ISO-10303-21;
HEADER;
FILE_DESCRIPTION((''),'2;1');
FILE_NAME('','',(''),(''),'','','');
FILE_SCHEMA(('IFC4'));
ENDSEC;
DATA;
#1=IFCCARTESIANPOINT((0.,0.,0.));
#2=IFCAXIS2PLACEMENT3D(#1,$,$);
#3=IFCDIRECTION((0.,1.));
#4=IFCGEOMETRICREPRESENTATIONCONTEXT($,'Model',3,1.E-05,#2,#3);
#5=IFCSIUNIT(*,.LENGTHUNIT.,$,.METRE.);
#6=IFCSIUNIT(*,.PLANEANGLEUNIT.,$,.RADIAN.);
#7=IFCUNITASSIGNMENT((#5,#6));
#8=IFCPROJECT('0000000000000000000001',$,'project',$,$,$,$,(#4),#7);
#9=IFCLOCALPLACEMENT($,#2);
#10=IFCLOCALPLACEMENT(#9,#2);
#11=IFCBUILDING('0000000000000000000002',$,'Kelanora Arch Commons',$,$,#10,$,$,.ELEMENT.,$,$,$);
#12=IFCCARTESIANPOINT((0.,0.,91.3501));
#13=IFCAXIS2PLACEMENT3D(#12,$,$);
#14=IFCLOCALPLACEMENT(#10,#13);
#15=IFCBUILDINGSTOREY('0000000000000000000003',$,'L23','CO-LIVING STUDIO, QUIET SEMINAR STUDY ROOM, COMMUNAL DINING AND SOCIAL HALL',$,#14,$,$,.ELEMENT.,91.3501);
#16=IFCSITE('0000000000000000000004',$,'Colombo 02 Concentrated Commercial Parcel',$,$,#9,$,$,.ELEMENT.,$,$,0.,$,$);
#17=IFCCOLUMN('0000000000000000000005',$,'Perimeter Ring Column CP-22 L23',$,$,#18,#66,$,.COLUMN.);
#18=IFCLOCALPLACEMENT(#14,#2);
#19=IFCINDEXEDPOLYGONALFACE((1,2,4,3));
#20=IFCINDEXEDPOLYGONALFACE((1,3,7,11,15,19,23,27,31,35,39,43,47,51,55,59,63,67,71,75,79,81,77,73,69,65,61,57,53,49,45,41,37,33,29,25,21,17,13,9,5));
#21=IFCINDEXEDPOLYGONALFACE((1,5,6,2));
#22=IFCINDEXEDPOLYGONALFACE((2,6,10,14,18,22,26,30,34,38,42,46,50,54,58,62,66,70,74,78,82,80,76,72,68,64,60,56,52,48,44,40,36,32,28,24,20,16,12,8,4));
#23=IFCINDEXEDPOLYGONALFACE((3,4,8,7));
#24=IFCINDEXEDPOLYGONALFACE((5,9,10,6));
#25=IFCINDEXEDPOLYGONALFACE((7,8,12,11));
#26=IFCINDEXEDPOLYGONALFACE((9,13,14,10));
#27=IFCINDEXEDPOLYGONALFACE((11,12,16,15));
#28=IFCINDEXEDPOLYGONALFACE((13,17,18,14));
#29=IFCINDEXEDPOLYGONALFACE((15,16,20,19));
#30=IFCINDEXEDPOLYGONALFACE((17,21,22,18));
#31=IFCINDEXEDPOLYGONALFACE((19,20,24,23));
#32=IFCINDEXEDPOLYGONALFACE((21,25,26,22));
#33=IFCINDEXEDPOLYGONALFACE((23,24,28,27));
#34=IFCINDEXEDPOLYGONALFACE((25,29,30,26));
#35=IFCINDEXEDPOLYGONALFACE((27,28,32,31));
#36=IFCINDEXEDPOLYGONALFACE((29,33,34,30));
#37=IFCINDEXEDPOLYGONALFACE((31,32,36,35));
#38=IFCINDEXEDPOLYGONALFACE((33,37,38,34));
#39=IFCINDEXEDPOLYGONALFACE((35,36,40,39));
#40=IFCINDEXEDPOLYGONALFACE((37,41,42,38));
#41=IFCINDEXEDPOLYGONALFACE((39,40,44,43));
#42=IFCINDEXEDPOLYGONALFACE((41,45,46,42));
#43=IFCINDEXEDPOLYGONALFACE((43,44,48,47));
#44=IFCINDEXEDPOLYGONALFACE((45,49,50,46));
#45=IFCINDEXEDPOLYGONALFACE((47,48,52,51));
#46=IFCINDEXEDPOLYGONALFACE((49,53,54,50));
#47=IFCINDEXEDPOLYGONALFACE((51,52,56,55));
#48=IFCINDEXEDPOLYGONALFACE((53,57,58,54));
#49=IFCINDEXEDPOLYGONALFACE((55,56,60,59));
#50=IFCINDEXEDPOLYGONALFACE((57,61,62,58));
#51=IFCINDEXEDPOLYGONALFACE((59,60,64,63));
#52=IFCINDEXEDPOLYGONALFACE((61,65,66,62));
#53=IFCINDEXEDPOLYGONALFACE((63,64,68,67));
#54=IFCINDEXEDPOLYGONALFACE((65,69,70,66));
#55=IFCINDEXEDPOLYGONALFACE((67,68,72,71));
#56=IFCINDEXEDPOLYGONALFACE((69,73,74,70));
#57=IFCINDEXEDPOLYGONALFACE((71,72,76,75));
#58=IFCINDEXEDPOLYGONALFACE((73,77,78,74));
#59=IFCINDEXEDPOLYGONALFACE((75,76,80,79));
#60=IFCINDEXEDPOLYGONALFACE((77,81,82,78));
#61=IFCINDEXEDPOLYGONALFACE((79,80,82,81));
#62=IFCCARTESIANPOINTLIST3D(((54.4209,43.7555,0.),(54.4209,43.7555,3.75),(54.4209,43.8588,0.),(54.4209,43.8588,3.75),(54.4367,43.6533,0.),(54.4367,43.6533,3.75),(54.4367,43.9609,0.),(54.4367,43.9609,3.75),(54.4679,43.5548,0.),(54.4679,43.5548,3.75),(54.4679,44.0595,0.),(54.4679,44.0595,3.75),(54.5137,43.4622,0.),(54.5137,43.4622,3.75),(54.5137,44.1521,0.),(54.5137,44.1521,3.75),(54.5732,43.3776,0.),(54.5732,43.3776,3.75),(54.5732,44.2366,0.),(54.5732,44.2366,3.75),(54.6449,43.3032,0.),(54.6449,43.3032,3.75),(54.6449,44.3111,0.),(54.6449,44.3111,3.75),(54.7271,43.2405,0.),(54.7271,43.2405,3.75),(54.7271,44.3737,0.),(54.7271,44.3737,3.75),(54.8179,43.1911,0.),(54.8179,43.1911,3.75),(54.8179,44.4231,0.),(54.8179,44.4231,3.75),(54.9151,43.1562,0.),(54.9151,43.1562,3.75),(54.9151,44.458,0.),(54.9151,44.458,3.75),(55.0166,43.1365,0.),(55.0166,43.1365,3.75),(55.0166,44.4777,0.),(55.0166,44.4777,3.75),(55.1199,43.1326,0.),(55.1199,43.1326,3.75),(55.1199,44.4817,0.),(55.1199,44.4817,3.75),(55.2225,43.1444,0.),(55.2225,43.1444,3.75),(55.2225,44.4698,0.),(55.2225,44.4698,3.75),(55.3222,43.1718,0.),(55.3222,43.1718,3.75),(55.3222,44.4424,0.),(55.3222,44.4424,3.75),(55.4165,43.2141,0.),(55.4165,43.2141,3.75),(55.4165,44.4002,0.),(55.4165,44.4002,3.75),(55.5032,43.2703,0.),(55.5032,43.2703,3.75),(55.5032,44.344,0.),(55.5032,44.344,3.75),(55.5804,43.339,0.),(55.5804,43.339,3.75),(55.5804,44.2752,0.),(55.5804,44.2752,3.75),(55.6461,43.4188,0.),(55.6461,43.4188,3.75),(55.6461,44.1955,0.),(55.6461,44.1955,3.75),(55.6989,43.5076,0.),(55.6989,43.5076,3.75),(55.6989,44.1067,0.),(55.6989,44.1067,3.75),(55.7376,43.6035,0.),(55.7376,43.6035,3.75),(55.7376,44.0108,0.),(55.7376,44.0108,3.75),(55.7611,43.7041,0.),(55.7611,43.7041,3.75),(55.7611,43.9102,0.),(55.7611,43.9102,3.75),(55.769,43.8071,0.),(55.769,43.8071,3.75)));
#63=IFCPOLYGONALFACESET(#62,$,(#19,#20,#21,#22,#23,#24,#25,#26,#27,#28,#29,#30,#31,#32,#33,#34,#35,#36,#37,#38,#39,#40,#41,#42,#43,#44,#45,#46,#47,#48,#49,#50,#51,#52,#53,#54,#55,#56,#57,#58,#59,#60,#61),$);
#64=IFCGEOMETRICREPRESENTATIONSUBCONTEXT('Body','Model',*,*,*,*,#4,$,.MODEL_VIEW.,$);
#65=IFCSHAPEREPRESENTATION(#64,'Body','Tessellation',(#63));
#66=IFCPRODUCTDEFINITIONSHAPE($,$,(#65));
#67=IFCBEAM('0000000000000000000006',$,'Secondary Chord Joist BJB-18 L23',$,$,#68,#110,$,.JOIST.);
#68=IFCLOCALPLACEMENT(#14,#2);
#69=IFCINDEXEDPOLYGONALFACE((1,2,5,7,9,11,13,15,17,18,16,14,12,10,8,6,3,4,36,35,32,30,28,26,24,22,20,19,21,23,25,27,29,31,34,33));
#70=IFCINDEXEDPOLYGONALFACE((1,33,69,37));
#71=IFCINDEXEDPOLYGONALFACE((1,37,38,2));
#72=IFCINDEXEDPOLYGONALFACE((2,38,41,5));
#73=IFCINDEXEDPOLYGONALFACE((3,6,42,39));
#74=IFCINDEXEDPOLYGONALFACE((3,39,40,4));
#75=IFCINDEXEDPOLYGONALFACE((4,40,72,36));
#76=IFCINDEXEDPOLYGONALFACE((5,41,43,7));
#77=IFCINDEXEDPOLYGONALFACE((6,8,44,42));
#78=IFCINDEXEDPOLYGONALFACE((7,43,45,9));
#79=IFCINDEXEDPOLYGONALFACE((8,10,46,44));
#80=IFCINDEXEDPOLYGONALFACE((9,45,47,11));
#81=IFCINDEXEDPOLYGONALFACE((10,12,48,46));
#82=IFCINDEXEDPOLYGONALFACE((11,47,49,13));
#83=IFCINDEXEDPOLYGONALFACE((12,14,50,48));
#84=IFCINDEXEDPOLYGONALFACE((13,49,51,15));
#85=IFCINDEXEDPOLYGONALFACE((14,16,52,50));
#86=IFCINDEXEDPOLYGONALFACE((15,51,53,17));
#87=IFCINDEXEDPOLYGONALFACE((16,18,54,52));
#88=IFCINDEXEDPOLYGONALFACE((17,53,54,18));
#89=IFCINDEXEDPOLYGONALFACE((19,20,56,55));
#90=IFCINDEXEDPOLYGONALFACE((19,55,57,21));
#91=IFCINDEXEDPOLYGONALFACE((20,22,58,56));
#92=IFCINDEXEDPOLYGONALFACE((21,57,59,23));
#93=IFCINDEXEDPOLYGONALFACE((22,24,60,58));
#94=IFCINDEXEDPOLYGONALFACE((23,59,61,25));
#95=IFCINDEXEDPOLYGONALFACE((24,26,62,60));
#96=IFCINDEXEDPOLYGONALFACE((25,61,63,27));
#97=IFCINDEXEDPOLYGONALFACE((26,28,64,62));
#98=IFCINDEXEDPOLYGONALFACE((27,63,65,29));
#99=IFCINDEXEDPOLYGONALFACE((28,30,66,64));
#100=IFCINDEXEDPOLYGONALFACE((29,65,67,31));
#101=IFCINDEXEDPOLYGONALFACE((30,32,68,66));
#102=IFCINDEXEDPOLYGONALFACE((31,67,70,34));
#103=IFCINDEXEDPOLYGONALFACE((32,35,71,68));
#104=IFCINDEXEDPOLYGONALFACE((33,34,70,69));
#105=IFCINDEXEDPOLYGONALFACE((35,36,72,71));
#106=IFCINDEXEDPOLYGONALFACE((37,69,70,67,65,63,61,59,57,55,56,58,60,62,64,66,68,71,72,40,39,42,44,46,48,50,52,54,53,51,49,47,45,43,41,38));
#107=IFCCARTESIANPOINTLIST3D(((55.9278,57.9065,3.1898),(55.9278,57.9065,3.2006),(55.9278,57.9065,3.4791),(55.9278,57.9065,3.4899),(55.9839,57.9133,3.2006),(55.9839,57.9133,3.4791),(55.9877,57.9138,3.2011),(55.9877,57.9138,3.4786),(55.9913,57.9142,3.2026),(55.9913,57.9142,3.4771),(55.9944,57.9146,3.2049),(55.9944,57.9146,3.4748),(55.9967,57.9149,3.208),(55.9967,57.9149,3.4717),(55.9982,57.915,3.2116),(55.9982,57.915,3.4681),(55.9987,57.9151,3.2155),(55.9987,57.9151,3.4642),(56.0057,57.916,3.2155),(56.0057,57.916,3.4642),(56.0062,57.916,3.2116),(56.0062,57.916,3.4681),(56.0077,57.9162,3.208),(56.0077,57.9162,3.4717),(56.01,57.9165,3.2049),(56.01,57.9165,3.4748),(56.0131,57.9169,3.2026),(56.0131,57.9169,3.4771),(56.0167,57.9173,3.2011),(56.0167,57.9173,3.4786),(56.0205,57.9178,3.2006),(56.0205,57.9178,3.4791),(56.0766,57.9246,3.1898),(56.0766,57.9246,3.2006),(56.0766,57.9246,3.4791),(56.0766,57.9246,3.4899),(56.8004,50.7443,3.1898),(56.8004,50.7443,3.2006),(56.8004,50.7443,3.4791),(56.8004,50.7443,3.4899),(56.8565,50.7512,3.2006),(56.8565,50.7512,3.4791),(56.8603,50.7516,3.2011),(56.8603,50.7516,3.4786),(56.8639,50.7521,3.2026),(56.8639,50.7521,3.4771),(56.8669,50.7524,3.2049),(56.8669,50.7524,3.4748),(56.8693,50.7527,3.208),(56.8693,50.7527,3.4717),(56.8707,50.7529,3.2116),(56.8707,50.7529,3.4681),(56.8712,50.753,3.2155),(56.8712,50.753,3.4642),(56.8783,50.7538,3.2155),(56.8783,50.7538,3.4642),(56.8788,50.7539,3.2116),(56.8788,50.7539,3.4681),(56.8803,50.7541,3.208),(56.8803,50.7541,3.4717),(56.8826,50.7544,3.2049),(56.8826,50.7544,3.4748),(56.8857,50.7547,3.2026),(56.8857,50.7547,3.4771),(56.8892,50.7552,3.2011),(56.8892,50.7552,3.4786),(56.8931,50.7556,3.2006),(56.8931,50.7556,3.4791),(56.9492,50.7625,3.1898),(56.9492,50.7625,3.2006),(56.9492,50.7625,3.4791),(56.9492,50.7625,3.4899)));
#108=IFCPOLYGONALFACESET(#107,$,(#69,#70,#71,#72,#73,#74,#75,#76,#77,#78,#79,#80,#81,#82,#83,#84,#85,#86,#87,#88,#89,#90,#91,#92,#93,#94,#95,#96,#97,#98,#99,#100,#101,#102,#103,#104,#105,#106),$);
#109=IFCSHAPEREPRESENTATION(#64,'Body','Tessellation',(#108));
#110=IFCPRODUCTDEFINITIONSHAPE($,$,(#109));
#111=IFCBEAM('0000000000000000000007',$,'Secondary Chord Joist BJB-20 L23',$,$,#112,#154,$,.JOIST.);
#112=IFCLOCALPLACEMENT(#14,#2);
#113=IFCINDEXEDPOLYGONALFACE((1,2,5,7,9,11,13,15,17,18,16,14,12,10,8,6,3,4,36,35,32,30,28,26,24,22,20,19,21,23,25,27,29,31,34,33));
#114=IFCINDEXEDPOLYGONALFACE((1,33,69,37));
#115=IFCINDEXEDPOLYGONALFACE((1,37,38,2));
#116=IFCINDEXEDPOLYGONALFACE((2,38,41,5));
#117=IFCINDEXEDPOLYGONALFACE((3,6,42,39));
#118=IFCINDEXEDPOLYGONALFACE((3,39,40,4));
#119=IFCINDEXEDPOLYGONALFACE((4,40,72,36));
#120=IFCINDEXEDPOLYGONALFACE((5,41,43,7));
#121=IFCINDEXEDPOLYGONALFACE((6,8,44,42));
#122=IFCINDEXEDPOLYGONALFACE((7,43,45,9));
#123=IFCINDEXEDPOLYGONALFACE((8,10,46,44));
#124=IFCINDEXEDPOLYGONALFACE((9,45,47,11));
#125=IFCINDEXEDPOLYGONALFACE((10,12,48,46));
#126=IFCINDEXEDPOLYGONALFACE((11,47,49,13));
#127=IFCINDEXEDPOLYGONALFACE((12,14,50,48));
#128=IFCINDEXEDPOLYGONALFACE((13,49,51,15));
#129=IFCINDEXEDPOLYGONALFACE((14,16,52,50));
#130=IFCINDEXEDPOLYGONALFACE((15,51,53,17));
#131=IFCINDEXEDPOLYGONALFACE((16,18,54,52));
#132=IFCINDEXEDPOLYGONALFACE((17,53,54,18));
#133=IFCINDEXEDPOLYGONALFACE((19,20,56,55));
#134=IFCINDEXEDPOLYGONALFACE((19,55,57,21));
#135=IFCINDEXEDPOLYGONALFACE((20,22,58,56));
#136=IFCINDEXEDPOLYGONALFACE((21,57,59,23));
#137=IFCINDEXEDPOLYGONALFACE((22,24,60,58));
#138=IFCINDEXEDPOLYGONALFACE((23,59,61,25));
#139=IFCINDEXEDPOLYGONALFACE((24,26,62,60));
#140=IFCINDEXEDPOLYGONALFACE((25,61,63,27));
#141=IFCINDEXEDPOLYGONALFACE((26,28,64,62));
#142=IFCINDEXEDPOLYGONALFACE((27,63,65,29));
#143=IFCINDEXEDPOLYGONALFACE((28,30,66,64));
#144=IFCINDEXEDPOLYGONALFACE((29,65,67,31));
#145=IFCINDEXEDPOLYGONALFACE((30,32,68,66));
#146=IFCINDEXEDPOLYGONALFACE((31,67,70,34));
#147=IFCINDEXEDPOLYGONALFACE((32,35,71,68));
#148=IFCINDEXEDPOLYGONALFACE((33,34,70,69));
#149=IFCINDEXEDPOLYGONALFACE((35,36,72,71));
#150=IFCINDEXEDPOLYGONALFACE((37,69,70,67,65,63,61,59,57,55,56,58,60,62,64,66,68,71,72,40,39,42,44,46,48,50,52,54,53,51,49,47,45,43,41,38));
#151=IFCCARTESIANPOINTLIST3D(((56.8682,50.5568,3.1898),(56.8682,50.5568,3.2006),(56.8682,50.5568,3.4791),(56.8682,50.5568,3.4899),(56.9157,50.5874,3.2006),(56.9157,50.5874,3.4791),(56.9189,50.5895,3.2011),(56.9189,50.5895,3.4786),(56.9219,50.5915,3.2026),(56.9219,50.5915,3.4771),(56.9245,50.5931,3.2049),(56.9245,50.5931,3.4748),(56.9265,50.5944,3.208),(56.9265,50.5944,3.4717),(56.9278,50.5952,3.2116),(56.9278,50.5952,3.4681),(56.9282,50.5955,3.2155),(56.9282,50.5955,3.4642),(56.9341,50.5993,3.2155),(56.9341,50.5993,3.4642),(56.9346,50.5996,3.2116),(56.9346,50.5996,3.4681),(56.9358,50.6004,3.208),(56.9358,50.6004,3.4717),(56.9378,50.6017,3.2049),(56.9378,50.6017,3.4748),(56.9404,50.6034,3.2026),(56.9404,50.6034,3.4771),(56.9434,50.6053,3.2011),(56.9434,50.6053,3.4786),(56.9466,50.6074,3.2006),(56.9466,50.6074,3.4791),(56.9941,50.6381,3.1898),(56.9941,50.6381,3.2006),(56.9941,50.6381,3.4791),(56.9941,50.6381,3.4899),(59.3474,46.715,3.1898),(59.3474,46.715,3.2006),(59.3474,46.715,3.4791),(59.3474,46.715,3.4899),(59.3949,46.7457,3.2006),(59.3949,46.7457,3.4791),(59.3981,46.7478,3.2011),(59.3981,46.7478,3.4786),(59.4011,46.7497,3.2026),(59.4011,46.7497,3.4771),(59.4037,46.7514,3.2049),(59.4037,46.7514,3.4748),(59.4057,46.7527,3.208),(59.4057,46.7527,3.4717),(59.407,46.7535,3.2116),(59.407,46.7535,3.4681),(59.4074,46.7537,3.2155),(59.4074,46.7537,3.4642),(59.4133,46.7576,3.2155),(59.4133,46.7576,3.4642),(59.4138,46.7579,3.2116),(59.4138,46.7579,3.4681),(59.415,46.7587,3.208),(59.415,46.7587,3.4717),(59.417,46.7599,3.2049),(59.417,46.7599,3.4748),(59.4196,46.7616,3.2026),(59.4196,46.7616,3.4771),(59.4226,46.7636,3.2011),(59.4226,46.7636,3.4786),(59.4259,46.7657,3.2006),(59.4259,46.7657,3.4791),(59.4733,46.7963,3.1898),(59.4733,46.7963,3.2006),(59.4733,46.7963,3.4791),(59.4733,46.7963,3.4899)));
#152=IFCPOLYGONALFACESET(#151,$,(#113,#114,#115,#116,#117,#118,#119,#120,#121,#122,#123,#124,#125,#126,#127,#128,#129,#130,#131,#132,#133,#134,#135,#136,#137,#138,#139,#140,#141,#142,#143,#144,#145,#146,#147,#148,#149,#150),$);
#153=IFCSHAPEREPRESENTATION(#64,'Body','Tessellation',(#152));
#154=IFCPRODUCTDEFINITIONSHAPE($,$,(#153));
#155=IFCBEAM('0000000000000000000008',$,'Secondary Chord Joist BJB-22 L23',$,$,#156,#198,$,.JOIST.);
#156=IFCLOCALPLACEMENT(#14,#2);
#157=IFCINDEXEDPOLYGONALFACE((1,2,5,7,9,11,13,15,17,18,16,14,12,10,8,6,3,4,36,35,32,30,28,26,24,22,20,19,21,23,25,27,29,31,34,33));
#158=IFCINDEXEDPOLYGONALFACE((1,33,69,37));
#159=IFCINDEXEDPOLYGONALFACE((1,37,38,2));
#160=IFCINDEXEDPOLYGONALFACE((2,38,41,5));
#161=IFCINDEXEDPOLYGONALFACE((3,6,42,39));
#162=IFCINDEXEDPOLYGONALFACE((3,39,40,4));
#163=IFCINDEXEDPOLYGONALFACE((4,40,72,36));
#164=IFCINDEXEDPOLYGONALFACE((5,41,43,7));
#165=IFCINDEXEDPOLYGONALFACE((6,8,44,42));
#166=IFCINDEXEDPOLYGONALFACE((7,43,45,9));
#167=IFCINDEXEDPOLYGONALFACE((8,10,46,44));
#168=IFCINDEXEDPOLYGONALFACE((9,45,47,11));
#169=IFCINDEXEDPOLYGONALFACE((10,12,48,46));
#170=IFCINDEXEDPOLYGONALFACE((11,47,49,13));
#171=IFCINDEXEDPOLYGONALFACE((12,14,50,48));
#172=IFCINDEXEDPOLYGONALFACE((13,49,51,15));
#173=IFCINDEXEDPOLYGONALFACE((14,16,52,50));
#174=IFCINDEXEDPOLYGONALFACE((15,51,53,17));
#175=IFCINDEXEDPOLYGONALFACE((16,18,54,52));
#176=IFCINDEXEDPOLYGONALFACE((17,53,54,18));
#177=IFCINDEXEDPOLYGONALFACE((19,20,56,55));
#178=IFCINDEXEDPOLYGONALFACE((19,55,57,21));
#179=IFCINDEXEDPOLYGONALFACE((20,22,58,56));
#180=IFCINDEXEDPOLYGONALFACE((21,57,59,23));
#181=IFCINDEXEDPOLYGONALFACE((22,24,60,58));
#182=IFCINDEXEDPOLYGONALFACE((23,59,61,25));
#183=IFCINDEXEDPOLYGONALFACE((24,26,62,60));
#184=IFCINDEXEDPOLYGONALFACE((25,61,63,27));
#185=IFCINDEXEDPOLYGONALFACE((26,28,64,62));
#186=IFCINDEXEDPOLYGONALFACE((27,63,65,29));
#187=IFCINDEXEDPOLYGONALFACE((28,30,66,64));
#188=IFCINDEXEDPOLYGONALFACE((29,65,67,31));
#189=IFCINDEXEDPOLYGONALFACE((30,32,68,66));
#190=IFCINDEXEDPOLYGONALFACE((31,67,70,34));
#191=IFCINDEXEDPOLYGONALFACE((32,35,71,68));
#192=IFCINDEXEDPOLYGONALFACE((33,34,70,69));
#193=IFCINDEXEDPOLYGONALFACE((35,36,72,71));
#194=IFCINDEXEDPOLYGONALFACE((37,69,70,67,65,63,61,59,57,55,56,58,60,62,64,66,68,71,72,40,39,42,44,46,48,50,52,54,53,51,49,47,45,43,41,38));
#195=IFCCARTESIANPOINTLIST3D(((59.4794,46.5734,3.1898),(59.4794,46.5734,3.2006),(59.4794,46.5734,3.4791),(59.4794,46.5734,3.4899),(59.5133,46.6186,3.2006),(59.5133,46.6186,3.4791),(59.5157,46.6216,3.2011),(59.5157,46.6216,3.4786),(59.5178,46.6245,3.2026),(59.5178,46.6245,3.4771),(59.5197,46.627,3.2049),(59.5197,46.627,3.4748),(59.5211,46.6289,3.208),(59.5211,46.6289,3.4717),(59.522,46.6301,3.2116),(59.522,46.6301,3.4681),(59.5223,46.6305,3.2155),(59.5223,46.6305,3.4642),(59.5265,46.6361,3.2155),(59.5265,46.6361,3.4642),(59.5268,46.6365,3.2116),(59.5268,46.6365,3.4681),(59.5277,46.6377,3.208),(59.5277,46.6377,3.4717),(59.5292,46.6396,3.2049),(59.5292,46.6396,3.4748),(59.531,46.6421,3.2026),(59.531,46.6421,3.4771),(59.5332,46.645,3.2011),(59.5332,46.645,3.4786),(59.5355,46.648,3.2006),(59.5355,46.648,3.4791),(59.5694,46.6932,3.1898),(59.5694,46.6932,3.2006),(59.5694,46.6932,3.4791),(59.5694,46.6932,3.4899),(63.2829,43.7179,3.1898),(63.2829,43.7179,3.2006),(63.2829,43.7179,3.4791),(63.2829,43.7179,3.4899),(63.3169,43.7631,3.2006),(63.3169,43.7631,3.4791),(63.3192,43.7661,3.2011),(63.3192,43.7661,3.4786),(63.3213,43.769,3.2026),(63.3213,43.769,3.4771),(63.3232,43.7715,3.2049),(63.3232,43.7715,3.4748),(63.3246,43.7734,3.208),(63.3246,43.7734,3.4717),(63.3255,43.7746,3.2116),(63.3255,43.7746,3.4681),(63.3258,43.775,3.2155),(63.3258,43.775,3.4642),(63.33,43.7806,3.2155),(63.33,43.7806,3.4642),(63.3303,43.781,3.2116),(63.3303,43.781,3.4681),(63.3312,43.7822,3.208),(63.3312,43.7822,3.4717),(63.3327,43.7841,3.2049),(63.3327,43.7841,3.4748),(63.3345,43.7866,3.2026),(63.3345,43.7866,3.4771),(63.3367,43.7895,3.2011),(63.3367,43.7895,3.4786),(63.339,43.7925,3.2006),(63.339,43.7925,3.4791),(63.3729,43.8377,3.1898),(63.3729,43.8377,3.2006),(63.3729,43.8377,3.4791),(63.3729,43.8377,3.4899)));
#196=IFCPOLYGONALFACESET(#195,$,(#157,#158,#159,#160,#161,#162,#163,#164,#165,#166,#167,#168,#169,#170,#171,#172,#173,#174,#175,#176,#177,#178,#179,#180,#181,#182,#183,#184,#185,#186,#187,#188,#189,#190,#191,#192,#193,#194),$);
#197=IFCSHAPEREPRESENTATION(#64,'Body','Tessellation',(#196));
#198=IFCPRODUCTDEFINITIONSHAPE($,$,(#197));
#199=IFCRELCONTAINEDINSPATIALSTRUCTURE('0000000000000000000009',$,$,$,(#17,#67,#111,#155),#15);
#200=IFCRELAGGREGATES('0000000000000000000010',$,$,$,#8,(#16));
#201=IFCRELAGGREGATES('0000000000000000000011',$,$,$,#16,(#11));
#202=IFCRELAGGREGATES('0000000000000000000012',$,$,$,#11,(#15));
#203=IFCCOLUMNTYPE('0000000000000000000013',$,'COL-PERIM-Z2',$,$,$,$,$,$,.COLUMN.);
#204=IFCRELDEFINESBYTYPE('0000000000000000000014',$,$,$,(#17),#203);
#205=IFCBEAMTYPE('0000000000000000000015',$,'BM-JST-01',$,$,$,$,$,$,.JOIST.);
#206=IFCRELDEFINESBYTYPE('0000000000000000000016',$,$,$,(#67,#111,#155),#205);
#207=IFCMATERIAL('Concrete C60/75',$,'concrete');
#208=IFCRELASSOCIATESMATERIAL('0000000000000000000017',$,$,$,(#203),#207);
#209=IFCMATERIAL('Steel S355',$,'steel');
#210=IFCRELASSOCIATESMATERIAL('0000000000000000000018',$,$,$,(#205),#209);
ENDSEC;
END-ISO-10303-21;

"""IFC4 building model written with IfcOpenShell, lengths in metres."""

from ifc_helpers import new_model, si_unit, direction, frame, origin, origin_2d, place, context, subcontext, project, spatial, circle, i_section, extrude, material, material_profile, profile_set, type_object, element, save


model = new_model("IFC4")

# Units and contexts
model_context = context("Model", 3, precision=1e-05, world=origin(), true_north=direction((0.0, 1.0)))
body_context = subcontext(model_context, "Body", "Model", "MODEL_VIEW")
ifc_project = project(units=[si_unit("LENGTHUNIT", "METRE"), si_unit("PLANEANGLEUNIT", "RADIAN")], contexts=[model_context])

# Site, building, storey
site_placement = place(None, origin())
site = spatial("IfcSite", under=ifc_project, at=site_placement, Name="Colombo 02 Concentrated Commercial Parcel", CompositionType="ELEMENT", RefElevation=0.0)
building_placement = place(site_placement, origin())
building = spatial("IfcBuilding", under=site, at=building_placement, Name="Kelanora Arch Commons", CompositionType="ELEMENT")
storey_placement = place(building_placement, frame((0.0, 0.0, 91.3501)))
storey = spatial("IfcBuildingStorey", under=building, at=storey_placement, Name="L23", Description="CO-LIVING STUDIO, QUIET SEMINAR STUDY ROOM, COMMUNAL DINING AND SOCIAL HALL", CompositionType="ELEMENT", Elevation=91.3501)

# Column
ifc_material_1 = material(Name="Concrete C60/75", Category="concrete")
ifc_material_profile_1 = material_profile(ifc_material_1, circle(Radius=0.675, at=origin_2d()), Name="RCC1350")
ifc_profile_set_1 = profile_set([ifc_material_profile_1], Name="Concrete C60/75")
column_type = type_object("IfcColumnType", Name="COL-PERIM-Z2", PredefinedType="COLUMN", material=ifc_profile_set_1)
column_placement = place(storey_placement, frame((55.094, 43.8071, 0.0), z_axis=(0.0, 0.0, 1.0), x_axis=(1.0, 0.0, 0.0)))
element("IfcColumn", 1, at=column_placement, inside=storey, type_object=column_type, Name="Perimeter Ring Column CP-22 L23", PredefinedType="COLUMN", context=body_context, shape_type="SweptSolid", body=[
    extrude(circle(Radius=0.675, at=origin_2d()), origin(), (0.0, 0.0, 1.0), 3.75),
])

# Beams
ifc_material_2 = material(Name="Steel S355", Category="steel")
ifc_material_profile_2 = material_profile(ifc_material_2, i_section(OverallWidth=0.1499, OverallDepth=0.3, WebThickness=0.0071, FlangeThickness=0.0107, FilletRadius=0.0149, at=origin_2d()), Name="IPE300")
ifc_profile_set_2 = profile_set([ifc_material_profile_2], Name="Steel S355")
beam_type_1 = type_object("IfcBeamType", Name="BM-JST-01", PredefinedType="JOIST", material=ifc_profile_set_2)
beam_1_placement = place(storey_placement, frame((56.0022, 57.9155, 3.3398), z_axis=(0.120936, -0.99266, 0.0), x_axis=(0.99266, 0.120936, 0.0)))
element("IfcBeam", 2, at=beam_1_placement, inside=storey, type_object=beam_type_1, Name="Secondary Chord Joist BJB-18 L23", PredefinedType="JOIST", context=body_context, shape_type="SweptSolid", body=[
    extrude(i_section(OverallWidth=0.1499, OverallDepth=0.3, WebThickness=0.0071, FlangeThickness=0.0107, FilletRadius=0.0149, at=origin_2d()), origin(), (0.0, 0.0, 1.0), 7.2151),
])
beam_2_placement = place(storey_placement, frame((56.9312, 50.5974, 3.3398), z_axis=(0.54223, -0.84023, 0.0), x_axis=(0.84023, 0.54223, 0.0)))
element("IfcBeam", 3, at=beam_2_placement, inside=storey, type_object=beam_type_1, Name="Secondary Chord Joist BJB-20 L23", PredefinedType="JOIST", context=body_context, shape_type="SweptSolid", body=[
    extrude(i_section(OverallWidth=0.1499, OverallDepth=0.3, WebThickness=0.0071, FlangeThickness=0.0107, FilletRadius=0.0149, at=origin_2d()), origin(), (0.0, 0.0, 1.0), 4.5723),
])
beam_3_placement = place(storey_placement, frame((59.5244, 46.6333, 3.3398), z_axis=(0.79971, -0.600386, 0.0), x_axis=(0.600386, 0.79971, 0.0)))
element("IfcBeam", 4, at=beam_3_placement, inside=storey, type_object=beam_type_1, Name="Secondary Chord Joist BJB-22 L23", PredefinedType="JOIST", context=body_context, shape_type="SweptSolid", body=[
    extrude(i_section(OverallWidth=0.1499, OverallDepth=0.3, WebThickness=0.0071, FlangeThickness=0.0107, FilletRadius=0.0149, at=origin_2d()), origin(), (0.0, 0.0, 1.0), 4.7561),
])

save(model, "model.ifc")
